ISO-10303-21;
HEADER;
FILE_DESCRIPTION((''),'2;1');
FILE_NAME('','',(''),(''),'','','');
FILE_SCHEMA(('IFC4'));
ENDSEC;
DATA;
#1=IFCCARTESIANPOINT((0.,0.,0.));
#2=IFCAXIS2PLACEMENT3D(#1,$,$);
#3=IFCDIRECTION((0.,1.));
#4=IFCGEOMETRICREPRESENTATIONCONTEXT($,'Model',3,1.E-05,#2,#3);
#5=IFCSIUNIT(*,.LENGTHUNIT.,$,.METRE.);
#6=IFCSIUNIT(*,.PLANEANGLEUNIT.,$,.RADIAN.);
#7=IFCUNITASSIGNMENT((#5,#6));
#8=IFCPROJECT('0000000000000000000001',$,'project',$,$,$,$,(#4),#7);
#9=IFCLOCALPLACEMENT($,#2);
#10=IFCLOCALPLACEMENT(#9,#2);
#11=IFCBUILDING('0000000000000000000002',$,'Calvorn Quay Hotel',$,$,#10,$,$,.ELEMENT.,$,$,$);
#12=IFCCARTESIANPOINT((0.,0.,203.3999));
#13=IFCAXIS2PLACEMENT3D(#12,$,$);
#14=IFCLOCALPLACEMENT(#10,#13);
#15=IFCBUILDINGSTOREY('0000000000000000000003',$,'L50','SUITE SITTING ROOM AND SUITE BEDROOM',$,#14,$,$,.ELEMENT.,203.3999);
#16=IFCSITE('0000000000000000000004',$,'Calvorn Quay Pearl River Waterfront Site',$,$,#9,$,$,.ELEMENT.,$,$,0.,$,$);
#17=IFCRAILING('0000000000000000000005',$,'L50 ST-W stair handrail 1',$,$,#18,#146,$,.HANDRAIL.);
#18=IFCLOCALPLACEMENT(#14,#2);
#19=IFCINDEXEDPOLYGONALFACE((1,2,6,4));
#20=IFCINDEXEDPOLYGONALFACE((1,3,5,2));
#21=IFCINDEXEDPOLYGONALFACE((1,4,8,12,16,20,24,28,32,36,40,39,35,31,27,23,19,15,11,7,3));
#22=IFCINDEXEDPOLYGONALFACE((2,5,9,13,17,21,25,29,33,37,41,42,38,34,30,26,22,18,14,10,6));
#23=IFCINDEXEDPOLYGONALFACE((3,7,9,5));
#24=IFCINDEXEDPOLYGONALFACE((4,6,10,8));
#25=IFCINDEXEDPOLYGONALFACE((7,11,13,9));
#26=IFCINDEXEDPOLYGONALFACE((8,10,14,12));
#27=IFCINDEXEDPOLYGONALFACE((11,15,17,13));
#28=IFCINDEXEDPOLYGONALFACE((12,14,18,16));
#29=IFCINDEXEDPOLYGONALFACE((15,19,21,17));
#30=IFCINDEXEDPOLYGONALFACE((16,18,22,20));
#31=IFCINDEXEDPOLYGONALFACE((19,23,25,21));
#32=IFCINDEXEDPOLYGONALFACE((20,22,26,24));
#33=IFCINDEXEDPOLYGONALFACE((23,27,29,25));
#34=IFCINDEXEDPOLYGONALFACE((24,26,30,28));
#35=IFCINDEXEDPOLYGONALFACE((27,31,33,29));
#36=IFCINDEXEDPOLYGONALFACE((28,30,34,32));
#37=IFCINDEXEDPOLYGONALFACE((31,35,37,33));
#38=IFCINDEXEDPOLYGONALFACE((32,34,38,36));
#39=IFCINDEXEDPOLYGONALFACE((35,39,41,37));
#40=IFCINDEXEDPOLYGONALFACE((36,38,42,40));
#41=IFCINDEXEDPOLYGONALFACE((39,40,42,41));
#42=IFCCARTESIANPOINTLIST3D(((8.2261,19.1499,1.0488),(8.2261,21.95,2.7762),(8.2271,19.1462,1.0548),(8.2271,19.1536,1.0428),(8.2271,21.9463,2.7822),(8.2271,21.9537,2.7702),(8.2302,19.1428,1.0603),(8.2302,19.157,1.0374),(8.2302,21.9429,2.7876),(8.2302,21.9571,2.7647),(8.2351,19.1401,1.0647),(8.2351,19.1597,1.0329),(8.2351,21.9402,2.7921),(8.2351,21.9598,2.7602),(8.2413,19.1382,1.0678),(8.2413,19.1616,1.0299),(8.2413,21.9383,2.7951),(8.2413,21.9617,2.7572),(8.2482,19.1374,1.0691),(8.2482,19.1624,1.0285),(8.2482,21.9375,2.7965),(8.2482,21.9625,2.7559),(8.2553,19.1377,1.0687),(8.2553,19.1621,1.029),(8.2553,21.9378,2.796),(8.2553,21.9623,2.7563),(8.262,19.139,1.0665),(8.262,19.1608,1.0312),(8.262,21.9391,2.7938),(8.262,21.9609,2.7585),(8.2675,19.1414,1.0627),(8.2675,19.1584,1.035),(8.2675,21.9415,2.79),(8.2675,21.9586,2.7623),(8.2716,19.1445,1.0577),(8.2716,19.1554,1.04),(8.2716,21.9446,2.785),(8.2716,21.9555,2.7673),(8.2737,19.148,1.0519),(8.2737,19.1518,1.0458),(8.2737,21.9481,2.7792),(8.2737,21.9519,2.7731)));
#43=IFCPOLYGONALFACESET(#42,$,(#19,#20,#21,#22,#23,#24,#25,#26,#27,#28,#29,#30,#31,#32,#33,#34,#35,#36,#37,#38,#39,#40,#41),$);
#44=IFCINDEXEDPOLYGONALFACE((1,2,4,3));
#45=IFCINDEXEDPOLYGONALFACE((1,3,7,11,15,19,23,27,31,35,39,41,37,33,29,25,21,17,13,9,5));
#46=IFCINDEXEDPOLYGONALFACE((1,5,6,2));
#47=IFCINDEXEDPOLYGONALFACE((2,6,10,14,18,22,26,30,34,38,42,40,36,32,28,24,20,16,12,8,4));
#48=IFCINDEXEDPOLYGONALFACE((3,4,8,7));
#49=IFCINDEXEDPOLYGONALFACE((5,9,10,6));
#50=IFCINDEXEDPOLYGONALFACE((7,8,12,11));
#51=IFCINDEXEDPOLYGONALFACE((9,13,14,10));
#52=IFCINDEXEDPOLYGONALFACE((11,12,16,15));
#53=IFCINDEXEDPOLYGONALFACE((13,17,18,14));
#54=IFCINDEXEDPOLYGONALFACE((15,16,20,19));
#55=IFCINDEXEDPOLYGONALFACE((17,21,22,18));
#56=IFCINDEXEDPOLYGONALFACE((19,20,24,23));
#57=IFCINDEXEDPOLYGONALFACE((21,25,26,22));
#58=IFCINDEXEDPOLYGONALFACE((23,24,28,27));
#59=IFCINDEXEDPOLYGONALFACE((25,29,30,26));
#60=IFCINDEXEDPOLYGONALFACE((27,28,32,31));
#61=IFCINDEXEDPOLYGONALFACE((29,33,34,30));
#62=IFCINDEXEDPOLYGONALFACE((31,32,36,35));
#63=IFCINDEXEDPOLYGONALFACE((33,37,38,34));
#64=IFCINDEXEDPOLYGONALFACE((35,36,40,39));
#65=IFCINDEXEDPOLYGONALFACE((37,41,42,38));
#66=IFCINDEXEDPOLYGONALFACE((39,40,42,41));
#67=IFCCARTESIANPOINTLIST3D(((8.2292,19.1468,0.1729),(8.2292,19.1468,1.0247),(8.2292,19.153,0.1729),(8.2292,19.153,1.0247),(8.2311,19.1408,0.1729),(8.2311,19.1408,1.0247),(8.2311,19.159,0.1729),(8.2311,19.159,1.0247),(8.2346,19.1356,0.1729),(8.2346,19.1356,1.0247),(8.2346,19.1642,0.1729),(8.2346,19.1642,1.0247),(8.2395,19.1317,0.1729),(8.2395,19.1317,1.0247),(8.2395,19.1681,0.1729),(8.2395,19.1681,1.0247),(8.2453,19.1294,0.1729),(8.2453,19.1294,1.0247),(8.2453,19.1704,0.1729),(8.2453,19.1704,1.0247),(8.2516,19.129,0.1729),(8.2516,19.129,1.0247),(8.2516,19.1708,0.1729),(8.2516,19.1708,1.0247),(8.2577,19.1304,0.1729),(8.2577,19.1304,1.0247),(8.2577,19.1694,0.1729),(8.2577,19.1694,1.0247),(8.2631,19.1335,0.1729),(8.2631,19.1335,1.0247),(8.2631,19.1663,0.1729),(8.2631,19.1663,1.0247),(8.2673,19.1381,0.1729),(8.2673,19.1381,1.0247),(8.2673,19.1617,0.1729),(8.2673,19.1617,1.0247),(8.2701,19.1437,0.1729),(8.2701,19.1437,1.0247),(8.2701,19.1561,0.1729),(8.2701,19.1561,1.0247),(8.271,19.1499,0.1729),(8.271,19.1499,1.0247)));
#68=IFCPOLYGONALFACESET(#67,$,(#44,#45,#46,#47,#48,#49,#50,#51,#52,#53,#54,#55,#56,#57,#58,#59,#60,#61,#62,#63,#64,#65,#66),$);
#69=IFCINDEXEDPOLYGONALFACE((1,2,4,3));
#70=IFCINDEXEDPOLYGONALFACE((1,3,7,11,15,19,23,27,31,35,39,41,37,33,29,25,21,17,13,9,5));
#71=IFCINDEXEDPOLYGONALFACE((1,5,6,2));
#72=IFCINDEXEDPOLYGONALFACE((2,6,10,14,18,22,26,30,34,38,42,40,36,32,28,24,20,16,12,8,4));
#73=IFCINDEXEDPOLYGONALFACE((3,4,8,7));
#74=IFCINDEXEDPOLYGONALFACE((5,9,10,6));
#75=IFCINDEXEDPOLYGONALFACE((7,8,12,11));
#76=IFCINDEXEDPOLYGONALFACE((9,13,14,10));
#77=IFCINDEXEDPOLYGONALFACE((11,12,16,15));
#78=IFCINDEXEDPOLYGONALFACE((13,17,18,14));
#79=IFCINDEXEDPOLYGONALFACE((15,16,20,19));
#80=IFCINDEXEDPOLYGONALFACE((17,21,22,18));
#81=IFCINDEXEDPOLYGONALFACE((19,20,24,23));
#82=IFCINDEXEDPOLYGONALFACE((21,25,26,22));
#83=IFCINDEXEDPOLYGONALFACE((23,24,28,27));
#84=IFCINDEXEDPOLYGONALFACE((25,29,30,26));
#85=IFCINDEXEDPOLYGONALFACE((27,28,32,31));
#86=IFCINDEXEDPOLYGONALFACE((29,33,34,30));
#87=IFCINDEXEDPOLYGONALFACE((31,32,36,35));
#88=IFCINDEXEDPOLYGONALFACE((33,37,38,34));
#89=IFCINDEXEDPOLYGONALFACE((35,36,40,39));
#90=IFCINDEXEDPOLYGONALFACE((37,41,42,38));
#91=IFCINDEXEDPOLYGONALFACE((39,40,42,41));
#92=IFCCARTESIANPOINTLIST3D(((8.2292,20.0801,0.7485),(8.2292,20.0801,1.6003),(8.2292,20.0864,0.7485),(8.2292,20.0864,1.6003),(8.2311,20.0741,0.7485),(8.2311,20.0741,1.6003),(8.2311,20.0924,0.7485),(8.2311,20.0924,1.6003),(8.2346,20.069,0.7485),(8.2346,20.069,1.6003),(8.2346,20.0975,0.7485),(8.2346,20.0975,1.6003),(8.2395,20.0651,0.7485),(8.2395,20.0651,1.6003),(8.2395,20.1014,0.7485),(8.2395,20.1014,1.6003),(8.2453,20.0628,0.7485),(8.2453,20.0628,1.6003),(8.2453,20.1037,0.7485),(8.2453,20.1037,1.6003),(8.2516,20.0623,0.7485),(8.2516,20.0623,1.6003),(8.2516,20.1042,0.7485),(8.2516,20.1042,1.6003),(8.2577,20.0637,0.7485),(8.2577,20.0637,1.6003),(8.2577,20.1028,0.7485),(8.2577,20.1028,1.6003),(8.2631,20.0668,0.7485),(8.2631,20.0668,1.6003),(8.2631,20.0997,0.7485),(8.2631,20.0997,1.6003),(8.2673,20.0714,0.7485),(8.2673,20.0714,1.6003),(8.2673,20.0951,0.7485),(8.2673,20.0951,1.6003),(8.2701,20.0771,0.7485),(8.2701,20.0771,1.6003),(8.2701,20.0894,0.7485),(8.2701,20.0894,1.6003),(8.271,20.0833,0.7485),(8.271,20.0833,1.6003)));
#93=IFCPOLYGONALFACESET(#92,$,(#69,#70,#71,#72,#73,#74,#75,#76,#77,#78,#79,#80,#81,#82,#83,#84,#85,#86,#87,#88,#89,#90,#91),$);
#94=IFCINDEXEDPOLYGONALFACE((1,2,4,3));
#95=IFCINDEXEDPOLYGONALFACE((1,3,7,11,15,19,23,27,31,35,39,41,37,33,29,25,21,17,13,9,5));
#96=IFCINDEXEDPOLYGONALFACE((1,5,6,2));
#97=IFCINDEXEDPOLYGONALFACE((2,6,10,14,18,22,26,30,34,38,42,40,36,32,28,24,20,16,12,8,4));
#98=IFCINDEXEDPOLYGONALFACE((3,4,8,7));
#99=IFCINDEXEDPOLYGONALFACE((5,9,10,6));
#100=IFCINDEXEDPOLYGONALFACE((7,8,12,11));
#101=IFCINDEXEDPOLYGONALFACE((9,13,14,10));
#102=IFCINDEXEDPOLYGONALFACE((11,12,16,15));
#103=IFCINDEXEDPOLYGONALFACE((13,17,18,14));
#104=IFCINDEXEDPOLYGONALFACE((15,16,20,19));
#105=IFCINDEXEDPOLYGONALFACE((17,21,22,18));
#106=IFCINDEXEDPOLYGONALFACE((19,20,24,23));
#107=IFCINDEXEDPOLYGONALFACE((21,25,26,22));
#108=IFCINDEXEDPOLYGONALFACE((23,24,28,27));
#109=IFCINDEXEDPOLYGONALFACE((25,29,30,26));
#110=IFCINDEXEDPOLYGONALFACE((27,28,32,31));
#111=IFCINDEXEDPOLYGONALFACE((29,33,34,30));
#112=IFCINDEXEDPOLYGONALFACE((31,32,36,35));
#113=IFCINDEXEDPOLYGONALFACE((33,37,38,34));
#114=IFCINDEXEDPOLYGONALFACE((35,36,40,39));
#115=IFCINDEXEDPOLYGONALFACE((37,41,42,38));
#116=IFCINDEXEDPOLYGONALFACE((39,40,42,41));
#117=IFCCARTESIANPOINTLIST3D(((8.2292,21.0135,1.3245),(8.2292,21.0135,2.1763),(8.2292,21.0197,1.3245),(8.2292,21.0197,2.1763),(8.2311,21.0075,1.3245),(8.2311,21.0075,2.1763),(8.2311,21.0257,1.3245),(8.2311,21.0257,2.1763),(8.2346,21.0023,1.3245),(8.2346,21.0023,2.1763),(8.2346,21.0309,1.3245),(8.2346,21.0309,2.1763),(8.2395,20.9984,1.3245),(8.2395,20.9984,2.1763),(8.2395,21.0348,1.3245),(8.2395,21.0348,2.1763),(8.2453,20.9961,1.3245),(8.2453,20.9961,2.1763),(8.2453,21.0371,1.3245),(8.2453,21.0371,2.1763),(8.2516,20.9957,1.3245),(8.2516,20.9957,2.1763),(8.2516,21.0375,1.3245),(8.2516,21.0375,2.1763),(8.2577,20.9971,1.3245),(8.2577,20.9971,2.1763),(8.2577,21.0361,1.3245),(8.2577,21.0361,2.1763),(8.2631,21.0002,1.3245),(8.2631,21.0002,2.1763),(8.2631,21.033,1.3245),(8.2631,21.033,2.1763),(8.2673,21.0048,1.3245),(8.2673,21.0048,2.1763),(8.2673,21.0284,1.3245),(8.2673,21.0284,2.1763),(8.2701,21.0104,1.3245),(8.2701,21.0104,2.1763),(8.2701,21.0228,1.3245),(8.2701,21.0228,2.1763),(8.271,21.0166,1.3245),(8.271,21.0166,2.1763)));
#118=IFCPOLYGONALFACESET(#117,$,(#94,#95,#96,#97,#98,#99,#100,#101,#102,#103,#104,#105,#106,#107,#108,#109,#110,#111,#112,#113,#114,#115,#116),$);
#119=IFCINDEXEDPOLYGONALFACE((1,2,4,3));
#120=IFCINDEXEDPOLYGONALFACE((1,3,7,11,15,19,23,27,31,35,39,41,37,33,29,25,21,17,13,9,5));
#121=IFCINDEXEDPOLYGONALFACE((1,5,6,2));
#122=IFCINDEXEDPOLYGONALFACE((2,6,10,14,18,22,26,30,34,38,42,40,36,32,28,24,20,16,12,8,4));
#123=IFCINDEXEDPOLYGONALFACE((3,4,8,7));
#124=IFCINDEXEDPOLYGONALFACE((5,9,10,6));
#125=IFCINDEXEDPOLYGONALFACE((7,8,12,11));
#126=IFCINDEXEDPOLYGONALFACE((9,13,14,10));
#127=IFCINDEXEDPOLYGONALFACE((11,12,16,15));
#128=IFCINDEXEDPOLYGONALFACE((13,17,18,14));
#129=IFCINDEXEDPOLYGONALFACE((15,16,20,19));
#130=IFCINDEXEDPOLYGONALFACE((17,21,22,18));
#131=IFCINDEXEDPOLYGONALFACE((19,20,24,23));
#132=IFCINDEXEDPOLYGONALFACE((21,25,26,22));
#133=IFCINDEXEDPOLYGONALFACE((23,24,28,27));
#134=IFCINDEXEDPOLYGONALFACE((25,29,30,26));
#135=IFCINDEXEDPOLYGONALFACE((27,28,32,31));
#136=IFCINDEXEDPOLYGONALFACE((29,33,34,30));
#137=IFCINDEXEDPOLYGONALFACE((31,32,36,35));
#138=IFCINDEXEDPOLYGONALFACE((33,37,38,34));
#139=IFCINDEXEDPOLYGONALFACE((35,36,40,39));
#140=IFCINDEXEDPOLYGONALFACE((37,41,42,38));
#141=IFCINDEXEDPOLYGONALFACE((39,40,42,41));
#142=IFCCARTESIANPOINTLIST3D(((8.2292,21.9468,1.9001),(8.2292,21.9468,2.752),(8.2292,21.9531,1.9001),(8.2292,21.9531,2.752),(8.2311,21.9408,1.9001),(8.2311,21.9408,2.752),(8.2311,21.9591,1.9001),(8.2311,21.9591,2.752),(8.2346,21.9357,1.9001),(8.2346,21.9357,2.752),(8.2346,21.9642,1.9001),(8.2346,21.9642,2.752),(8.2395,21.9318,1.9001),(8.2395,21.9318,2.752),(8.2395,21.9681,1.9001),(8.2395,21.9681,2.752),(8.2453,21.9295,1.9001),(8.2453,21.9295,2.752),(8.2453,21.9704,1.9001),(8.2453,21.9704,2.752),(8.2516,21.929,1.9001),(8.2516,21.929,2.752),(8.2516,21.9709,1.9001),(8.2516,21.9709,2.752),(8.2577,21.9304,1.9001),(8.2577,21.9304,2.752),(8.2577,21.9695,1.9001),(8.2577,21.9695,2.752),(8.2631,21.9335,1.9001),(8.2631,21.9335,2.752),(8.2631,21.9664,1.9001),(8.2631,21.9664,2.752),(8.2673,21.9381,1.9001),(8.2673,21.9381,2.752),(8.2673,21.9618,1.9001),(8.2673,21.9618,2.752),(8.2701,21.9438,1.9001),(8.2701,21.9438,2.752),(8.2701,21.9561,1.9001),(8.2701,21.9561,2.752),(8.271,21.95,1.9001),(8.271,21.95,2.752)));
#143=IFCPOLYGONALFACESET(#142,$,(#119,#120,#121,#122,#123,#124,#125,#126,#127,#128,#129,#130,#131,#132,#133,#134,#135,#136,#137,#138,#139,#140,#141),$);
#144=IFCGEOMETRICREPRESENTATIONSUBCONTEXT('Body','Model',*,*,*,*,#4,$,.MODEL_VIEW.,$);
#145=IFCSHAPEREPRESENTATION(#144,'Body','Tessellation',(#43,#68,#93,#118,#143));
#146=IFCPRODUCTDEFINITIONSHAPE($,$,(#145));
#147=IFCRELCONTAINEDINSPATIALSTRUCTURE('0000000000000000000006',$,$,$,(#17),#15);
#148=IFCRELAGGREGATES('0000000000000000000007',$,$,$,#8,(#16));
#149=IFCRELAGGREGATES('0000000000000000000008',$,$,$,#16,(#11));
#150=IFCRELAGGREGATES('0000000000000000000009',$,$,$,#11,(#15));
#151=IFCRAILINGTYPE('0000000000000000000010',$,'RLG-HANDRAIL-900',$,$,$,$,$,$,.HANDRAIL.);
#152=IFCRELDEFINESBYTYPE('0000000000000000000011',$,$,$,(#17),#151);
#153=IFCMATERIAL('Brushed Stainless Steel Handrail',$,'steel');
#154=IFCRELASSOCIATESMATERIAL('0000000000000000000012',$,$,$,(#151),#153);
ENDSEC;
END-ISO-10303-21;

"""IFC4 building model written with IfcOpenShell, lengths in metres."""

from ifc_helpers import new_model, si_unit, direction, frame, origin, origin_2d, place, context, subcontext, project, spatial, circle, extrude, material, type_object, element, save


model = new_model("IFC4")

# Units and contexts
model_context = context("Model", 3, precision=1e-05, world=origin(), true_north=direction((0.0, 1.0)))
body_context = subcontext(model_context, "Body", "Model", "MODEL_VIEW")
ifc_project = project(units=[si_unit("LENGTHUNIT", "METRE"), si_unit("PLANEANGLEUNIT", "RADIAN")], contexts=[model_context])

# Site, building, storey
site_placement = place(None, origin())
site = spatial("IfcSite", under=ifc_project, at=site_placement, Name="Calvorn Quay Pearl River Waterfront Site", CompositionType="ELEMENT", RefElevation=0.0)
building_placement = place(site_placement, origin())
building = spatial("IfcBuilding", under=site, at=building_placement, Name="Calvorn Quay Hotel", CompositionType="ELEMENT")
storey_placement = place(building_placement, frame((0.0, 0.0, 203.3999)))
storey = spatial("IfcBuildingStorey", under=building, at=storey_placement, Name="L50", Description="SUITE SITTING ROOM AND SUITE BEDROOM", CompositionType="ELEMENT", Elevation=203.3999)

# Railing
ifc_material_1 = material(Name="Brushed Stainless Steel Handrail", Category="steel")
railing_type_1 = type_object("IfcRailingType", Name="RLG-HANDRAIL-900", PredefinedType="HANDRAIL", material=ifc_material_1)
railing_1_placement = place(storey_placement, frame((8.25, 19.1499, 0.1729)))
element("IfcRailing", 1, at=railing_1_placement, inside=storey, type_object=railing_type_1, Name="L50 ST-W stair handrail 1", PredefinedType="HANDRAIL", context=body_context, shape_type="SweptSolid", body=[
    extrude(circle(Radius=0.0239, at=origin_2d()), frame((0.0, 0.0, 0.876), z_axis=(0.0, 0.85109, 0.52502), x_axis=(-1.0, 0.0, 0.0)), (0.0, 0.0, 1.0), 3.29),
    extrude(circle(Radius=0.021, at=origin_2d()), origin(), (0.0, 0.0, 1.0), 0.8518),
    extrude(circle(Radius=0.021, at=origin_2d()), frame((0.0, 0.9333, 0.5757)), (0.0, 0.0, 1.0), 0.8518),
    extrude(circle(Radius=0.021, at=origin_2d()), frame((0.0, 1.8667, 1.1516)), (0.0, 0.0, 1.0), 0.8518),
    extrude(circle(Radius=0.021, at=origin_2d()), frame((0.0, 2.8, 1.7273)), (0.0, 0.0, 1.0), 0.8518),
])

save(model, "model.ifc")
